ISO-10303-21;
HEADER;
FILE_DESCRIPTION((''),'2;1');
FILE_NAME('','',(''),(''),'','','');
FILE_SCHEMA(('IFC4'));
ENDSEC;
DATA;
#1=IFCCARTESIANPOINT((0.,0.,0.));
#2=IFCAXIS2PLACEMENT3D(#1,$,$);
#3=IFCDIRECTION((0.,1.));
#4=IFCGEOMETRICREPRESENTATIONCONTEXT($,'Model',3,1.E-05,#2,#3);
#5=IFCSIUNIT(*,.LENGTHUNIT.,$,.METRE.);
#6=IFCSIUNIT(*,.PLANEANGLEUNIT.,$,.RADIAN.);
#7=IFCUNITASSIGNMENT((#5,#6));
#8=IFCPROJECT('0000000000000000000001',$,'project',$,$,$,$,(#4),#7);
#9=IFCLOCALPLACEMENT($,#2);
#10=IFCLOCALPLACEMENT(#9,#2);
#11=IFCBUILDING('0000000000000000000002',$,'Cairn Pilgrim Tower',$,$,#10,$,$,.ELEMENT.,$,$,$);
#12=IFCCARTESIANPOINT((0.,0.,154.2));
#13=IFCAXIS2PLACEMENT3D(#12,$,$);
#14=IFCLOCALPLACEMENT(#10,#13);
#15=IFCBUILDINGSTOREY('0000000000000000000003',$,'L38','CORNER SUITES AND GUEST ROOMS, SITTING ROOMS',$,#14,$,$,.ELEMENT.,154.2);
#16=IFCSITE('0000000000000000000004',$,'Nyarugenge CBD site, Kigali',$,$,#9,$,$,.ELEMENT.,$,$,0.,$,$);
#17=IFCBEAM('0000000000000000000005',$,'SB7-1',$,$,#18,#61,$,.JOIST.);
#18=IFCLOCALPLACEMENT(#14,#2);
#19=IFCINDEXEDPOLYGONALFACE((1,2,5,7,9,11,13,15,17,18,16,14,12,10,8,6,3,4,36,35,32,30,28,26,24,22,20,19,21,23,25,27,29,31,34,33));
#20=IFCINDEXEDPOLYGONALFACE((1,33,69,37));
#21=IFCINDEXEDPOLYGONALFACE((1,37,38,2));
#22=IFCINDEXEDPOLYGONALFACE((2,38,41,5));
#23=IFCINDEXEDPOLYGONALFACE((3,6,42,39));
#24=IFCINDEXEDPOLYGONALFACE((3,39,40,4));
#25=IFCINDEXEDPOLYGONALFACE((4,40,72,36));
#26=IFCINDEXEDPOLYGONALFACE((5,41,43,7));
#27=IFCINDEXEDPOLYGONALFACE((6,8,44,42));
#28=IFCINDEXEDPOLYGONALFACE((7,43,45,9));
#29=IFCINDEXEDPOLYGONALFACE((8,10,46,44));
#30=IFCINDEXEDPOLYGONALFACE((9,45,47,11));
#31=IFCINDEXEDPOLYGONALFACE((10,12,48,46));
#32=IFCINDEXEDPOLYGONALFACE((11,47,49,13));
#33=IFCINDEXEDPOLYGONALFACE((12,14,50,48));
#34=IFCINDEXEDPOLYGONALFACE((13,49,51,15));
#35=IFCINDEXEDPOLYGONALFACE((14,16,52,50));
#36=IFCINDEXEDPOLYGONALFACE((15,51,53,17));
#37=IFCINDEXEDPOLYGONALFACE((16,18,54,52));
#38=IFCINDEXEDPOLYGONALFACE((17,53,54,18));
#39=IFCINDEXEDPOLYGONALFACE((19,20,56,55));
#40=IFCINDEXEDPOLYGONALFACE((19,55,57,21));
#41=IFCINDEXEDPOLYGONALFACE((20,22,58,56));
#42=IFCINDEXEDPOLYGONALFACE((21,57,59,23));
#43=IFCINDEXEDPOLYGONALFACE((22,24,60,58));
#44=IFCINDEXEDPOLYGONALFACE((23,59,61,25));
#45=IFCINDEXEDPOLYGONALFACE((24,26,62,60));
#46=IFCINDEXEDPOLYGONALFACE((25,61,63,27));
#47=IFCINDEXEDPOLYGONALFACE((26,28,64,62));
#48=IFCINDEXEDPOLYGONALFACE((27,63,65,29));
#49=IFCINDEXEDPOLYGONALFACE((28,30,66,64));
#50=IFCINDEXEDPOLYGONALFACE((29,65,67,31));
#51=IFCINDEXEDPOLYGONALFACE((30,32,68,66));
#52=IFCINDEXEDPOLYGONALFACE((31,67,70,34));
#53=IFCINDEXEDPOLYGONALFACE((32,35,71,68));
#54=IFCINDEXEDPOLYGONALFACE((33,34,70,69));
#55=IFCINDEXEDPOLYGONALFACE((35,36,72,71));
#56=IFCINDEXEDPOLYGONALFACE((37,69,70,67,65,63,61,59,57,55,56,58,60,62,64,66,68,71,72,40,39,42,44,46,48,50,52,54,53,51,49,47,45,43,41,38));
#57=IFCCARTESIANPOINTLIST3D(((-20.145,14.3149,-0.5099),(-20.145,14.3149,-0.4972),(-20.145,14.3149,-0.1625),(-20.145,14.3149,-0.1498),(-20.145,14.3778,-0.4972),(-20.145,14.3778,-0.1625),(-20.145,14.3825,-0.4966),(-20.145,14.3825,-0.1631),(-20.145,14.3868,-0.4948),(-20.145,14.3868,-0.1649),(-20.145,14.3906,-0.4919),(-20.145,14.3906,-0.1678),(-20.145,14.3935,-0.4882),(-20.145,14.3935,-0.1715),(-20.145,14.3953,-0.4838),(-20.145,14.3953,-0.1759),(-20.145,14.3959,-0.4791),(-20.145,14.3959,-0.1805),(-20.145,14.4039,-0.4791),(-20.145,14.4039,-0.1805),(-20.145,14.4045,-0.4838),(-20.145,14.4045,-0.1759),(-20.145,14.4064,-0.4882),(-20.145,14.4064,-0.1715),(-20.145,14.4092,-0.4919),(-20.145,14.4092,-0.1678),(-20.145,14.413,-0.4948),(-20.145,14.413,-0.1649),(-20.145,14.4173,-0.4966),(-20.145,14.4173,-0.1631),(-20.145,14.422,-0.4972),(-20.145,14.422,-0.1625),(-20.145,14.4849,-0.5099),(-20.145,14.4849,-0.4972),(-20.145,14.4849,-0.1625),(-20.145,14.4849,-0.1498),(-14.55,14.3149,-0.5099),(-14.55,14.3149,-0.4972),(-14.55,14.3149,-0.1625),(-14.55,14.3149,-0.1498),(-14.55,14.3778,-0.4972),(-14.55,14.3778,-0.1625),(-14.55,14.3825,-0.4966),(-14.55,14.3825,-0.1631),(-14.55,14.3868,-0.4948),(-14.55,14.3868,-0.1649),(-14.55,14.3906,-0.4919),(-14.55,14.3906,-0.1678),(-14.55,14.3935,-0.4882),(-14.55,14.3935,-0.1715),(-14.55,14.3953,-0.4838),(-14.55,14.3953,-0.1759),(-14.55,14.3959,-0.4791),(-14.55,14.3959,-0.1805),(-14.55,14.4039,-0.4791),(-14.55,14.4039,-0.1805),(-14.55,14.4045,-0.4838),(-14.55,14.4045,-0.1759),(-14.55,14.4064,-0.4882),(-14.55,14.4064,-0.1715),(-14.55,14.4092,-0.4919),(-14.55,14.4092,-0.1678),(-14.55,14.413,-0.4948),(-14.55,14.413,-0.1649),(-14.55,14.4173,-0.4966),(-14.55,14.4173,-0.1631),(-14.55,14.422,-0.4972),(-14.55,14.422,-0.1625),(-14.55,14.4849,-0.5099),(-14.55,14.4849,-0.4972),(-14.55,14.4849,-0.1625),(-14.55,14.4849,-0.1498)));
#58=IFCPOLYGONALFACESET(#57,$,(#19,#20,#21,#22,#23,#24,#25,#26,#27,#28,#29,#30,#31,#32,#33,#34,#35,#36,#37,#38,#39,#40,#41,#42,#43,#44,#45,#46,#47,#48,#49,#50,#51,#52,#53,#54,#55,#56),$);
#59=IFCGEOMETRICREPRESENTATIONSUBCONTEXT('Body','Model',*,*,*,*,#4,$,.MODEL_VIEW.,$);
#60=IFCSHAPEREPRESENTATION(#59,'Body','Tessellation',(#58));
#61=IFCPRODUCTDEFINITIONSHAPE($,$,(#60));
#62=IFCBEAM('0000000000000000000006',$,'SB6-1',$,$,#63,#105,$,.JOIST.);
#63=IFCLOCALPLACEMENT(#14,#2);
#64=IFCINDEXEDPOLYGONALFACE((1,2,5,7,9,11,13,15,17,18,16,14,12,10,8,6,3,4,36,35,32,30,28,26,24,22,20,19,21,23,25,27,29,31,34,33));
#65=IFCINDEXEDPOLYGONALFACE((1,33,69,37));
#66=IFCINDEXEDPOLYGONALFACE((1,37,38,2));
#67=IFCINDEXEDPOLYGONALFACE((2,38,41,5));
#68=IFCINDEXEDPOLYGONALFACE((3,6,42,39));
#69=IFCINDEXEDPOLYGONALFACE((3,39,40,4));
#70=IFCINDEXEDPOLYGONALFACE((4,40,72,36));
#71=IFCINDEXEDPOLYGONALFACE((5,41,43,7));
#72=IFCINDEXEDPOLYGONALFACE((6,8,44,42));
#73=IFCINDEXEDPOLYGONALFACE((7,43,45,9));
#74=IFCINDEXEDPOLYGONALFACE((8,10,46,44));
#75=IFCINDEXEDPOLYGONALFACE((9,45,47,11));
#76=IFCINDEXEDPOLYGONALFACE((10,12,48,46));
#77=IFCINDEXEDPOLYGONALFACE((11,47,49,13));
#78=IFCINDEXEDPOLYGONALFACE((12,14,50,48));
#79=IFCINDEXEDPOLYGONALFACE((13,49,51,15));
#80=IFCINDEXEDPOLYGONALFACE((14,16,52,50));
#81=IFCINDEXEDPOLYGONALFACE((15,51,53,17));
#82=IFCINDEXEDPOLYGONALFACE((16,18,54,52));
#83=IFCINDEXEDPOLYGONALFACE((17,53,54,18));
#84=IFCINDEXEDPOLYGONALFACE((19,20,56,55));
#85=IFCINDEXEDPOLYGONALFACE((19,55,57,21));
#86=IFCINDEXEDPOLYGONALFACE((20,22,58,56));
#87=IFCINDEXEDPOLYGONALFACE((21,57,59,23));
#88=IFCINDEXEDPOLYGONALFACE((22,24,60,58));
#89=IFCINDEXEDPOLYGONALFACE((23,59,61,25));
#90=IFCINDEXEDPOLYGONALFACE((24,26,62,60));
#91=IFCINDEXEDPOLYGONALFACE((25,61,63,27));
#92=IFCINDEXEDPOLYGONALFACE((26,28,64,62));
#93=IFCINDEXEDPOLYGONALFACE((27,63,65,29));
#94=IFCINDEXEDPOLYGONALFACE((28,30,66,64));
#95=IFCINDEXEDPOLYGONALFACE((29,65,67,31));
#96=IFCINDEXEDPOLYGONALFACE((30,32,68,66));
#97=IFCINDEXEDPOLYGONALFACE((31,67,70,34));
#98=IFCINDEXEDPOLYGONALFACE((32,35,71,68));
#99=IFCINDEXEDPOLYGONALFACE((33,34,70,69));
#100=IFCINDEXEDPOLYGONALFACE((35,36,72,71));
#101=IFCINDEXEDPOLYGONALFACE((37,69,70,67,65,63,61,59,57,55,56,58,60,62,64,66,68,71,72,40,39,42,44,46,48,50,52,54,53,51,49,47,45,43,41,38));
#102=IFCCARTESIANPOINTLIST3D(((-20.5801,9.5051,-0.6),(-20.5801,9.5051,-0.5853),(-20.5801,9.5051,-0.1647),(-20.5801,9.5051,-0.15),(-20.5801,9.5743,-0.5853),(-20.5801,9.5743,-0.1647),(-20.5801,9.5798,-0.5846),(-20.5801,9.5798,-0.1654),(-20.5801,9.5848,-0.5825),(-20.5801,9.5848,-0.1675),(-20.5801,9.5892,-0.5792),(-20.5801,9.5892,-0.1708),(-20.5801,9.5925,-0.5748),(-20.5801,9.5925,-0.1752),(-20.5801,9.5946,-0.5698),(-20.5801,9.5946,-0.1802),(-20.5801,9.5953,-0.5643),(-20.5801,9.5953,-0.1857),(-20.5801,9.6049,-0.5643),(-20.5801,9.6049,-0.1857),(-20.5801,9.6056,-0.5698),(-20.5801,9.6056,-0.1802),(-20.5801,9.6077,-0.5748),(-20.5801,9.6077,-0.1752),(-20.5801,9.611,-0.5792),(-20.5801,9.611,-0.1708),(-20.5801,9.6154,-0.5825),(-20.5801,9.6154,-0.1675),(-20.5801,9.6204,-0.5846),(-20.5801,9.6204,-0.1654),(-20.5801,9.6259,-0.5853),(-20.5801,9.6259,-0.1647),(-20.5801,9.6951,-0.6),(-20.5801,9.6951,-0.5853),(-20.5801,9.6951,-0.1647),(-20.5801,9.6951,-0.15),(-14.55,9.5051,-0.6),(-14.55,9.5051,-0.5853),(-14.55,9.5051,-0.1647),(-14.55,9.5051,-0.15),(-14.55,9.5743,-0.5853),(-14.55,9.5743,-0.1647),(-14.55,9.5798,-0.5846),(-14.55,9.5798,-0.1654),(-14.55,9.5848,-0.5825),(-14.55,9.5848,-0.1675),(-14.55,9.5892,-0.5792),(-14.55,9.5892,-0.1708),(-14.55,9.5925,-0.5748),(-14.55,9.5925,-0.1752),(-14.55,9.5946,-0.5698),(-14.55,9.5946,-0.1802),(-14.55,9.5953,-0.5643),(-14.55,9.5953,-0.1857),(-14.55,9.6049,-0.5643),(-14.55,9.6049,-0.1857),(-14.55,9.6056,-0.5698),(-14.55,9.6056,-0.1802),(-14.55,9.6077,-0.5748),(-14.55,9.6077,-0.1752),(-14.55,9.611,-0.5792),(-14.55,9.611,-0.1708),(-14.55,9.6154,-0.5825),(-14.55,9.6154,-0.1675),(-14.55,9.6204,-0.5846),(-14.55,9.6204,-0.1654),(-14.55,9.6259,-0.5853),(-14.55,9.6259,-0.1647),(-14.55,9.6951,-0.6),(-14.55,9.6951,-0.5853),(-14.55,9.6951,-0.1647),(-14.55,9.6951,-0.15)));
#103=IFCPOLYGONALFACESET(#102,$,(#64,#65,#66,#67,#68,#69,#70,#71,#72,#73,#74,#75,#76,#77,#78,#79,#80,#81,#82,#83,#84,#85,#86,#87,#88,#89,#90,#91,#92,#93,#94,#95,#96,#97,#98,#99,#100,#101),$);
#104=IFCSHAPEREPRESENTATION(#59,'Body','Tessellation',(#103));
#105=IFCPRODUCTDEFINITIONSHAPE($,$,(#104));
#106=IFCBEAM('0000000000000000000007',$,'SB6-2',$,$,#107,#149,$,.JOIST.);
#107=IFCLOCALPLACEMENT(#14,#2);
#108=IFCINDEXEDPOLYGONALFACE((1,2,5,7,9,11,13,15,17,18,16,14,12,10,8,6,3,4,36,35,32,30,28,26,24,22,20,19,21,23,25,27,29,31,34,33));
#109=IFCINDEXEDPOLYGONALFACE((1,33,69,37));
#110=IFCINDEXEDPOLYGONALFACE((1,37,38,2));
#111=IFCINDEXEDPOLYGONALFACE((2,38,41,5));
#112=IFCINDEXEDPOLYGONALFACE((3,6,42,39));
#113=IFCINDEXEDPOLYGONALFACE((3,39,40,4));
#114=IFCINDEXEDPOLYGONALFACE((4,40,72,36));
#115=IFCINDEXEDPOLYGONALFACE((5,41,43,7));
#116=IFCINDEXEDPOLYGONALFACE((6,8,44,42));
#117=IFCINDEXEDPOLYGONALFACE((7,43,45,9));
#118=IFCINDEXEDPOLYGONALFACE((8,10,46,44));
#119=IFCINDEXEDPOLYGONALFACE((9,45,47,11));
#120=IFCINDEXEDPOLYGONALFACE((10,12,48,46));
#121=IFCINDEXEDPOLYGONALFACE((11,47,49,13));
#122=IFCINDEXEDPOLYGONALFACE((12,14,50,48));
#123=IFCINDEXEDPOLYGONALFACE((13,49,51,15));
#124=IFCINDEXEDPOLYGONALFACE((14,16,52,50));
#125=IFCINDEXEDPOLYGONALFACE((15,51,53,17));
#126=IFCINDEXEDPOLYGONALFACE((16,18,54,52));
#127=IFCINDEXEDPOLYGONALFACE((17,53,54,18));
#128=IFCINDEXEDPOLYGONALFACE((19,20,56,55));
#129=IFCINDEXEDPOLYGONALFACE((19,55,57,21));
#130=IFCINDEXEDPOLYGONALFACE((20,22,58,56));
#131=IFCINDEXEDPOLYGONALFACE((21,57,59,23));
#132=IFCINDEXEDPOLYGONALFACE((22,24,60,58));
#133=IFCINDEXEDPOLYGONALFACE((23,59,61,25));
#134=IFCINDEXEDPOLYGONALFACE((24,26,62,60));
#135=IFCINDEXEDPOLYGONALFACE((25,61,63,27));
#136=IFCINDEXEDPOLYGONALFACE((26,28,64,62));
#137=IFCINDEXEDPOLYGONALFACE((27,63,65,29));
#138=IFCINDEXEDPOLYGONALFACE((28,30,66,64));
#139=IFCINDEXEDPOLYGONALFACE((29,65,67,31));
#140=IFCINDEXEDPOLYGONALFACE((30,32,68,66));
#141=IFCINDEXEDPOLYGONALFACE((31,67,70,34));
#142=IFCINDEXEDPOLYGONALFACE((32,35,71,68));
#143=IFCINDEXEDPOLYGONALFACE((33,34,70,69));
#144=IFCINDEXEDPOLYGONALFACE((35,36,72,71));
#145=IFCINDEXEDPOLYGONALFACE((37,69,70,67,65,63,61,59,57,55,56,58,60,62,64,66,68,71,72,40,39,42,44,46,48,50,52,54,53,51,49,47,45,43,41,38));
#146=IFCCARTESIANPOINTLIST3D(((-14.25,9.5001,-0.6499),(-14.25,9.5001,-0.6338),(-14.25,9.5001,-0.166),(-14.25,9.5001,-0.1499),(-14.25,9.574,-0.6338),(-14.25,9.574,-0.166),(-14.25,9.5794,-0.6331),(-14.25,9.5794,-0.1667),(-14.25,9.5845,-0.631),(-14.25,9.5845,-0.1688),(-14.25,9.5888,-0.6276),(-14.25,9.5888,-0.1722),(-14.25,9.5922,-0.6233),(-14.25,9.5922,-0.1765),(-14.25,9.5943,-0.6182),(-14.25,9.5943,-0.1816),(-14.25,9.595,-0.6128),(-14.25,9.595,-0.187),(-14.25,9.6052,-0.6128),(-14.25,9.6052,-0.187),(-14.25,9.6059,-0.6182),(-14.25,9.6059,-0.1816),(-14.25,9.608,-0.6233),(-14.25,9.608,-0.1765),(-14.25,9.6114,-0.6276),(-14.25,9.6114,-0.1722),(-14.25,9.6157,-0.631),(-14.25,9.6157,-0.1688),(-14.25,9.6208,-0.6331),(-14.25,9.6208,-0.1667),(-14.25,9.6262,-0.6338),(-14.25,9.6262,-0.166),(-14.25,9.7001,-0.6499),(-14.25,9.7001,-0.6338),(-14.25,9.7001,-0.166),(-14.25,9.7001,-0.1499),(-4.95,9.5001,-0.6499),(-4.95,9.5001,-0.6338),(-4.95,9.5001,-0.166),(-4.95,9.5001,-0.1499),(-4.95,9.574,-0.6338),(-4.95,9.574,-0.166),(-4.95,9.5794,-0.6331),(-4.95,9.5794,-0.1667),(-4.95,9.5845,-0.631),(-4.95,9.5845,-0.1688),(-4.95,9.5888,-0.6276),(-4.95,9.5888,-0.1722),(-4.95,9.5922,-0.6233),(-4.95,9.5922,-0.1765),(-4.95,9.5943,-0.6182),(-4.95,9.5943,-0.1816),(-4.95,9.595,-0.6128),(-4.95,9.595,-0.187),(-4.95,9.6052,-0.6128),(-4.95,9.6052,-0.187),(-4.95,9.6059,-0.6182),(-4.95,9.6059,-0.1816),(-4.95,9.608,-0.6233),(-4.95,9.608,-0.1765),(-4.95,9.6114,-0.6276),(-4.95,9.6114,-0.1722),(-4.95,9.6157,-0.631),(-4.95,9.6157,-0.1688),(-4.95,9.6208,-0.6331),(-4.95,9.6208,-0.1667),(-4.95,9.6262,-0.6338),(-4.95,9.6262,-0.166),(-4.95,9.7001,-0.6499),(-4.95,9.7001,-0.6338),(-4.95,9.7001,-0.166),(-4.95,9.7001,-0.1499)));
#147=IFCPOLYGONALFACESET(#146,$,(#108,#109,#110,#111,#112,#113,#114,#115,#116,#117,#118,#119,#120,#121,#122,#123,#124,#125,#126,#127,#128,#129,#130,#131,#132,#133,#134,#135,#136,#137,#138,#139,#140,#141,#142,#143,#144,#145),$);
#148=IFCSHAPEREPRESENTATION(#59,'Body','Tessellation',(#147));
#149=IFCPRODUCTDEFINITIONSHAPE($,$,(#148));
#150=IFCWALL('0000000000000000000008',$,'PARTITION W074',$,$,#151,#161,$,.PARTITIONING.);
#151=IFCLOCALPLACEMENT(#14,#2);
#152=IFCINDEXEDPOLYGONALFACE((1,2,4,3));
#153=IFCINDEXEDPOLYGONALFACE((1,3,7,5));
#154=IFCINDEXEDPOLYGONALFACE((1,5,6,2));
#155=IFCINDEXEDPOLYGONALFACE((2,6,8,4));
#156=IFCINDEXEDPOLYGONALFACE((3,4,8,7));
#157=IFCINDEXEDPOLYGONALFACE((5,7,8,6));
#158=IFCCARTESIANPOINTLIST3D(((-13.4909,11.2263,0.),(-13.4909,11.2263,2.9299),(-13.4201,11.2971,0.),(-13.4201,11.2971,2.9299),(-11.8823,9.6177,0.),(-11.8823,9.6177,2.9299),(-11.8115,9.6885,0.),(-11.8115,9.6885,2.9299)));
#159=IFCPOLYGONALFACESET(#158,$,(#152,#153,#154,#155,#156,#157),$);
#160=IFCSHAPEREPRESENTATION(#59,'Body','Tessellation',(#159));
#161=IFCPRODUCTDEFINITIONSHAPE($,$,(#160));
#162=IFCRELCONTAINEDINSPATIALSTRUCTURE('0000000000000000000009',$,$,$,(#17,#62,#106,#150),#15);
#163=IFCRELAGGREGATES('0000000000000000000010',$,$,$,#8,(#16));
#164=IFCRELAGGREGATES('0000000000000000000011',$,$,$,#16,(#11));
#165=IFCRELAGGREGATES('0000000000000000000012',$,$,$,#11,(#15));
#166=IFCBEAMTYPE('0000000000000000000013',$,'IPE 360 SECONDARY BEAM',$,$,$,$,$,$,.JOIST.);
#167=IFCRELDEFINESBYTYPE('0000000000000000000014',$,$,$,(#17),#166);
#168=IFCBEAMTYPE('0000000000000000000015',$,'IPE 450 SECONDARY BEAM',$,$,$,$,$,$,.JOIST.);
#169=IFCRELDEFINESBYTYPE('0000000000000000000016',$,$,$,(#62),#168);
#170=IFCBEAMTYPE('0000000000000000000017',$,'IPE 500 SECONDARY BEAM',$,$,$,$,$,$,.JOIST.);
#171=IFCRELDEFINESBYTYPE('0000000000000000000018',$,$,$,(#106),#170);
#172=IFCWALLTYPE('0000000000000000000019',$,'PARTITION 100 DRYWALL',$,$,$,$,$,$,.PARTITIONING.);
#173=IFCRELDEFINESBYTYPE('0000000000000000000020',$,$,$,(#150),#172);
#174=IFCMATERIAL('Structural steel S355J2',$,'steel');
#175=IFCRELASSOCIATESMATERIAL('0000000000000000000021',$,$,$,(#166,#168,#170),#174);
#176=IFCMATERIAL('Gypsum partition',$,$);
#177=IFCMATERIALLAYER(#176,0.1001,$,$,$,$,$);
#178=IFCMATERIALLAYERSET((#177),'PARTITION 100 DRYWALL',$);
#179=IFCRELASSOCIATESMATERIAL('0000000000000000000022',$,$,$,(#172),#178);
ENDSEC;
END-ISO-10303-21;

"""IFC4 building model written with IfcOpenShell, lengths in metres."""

from ifc_helpers import new_model, si_unit, direction, frame, frame_2d, origin, origin_2d, place, context, subcontext, project, spatial, rectangle, i_section, extrude, material, layer, layer_set, material_profile, profile_set, type_object, element, save


model = new_model("IFC4")

# Units and contexts
model_context = context("Model", 3, precision=1e-05, world=origin(), true_north=direction((0.0, 1.0)))
body_context = subcontext(model_context, "Body", "Model", "MODEL_VIEW")
ifc_project = project(units=[si_unit("LENGTHUNIT", "METRE"), si_unit("PLANEANGLEUNIT", "RADIAN")], contexts=[model_context])

# Site, building, storey
site_placement = place(None, origin())
site = spatial("IfcSite", under=ifc_project, at=site_placement, Name="Nyarugenge CBD site, Kigali", CompositionType="ELEMENT", RefElevation=0.0)
building_placement = place(site_placement, origin())
building = spatial("IfcBuilding", under=site, at=building_placement, Name="Cairn Pilgrim Tower", CompositionType="ELEMENT")
storey_placement = place(building_placement, frame((0.0, 0.0, 154.2)))
storey = spatial("IfcBuildingStorey", under=building, at=storey_placement, Name="L38", Description="CORNER SUITES AND GUEST ROOMS, SITTING ROOMS", CompositionType="ELEMENT", Elevation=154.2)

# Shared definitions
ifc_material_1 = material(Name="Structural steel S355J2", Category="steel")

# Beams
ifc_material_profile_1 = material_profile(ifc_material_1, i_section(OverallWidth=0.1699, OverallDepth=0.3601, WebThickness=0.0081, FlangeThickness=0.0127, FilletRadius=0.0181, at=origin_2d()), Name="IPE 360")
ifc_profile_set_1 = profile_set([ifc_material_profile_1], Name="Structural steel S355J2")
beam_type_1 = type_object("IfcBeamType", Name="IPE 360 SECONDARY BEAM", PredefinedType="JOIST", material=ifc_profile_set_1)
beam_1_placement = place(storey_placement, frame((-20.145, 14.3999, -0.3298), z_axis=(1.0, 0.0, 0.0), x_axis=(0.0, 1.0, 0.0)))
element("IfcBeam", 1, at=beam_1_placement, inside=storey, type_object=beam_type_1, Name="SB7-1", PredefinedType="JOIST", context=body_context, shape_type="SweptSolid", body=[
    extrude(i_section(OverallWidth=0.1699, OverallDepth=0.3601, WebThickness=0.0081, FlangeThickness=0.0127, FilletRadius=0.0181, at=origin_2d()), origin(), (0.0, 0.0, 1.0), 5.595),
])
ifc_material_profile_2 = material_profile(ifc_material_1, i_section(OverallWidth=0.1899, OverallDepth=0.45, WebThickness=0.0095, FlangeThickness=0.0146, FilletRadius=0.021, at=origin_2d()), Name="IPE 450")
ifc_profile_set_2 = profile_set([ifc_material_profile_2], Name="Structural steel S355J2")
beam_type_2 = type_object("IfcBeamType", Name="IPE 450 SECONDARY BEAM", PredefinedType="JOIST", material=ifc_profile_set_2)
beam_2_placement = place(storey_placement, frame((-20.5801, 9.6001, -0.375), z_axis=(1.0, 0.0, 0.0), x_axis=(0.0, 1.0, 0.0)))
element("IfcBeam", 2, at=beam_2_placement, inside=storey, type_object=beam_type_2, Name="SB6-1", PredefinedType="JOIST", context=body_context, shape_type="SweptSolid", body=[
    extrude(i_section(OverallWidth=0.1899, OverallDepth=0.45, WebThickness=0.0095, FlangeThickness=0.0146, FilletRadius=0.021, at=origin_2d()), origin(), (0.0, 0.0, 1.0), 6.03),
])
ifc_material_profile_3 = material_profile(ifc_material_1, i_section(OverallWidth=0.2, OverallDepth=0.5, WebThickness=0.0103, FlangeThickness=0.0161, FilletRadius=0.021, at=origin_2d()), Name="IPE 500")
ifc_profile_set_3 = profile_set([ifc_material_profile_3], Name="Structural steel S355J2")
beam_type_3 = type_object("IfcBeamType", Name="IPE 500 SECONDARY BEAM", PredefinedType="JOIST", material=ifc_profile_set_3)
beam_3_placement = place(storey_placement, frame((-14.25, 9.6001, -0.3999), z_axis=(1.0, 0.0, 0.0), x_axis=(0.0, 1.0, 0.0)))
element("IfcBeam", 3, at=beam_3_placement, inside=storey, type_object=beam_type_3, Name="SB6-2", PredefinedType="JOIST", context=body_context, shape_type="SweptSolid", body=[
    extrude(i_section(OverallWidth=0.2, OverallDepth=0.5, WebThickness=0.0103, FlangeThickness=0.0161, FilletRadius=0.021, at=origin_2d()), origin(), (0.0, 0.0, 1.0), 9.3),
])

# Wall
ifc_material_2 = material(Name="Gypsum partition")
ifc_layer_1 = layer(ifc_material_2, 0.1001)
ifc_layer_set_1 = layer_set([ifc_layer_1], Name="PARTITION 100 DRYWALL")
wall_type_1 = type_object("IfcWallType", Name="PARTITION 100 DRYWALL", PredefinedType="PARTITIONING", material=ifc_layer_set_1)
wall_1_placement = place(storey_placement, frame((-11.8469, 9.6531, 0.0), z_axis=(0.0, 0.0, 1.0), x_axis=(-0.707107, 0.707107, 0.0)))
element("IfcWall", 4, at=wall_1_placement, inside=storey, type_object=wall_type_1, Name="PARTITION W074", PredefinedType="PARTITIONING", context=body_context, shape_type="SweptSolid", body=[
    extrude(rectangle(XDim=2.2749, YDim=0.1001, at=frame_2d((1.1375, 0.0))), origin(), (0.0, 0.0, 1.0), 2.9299),
])

save(model, "model.ifc")
